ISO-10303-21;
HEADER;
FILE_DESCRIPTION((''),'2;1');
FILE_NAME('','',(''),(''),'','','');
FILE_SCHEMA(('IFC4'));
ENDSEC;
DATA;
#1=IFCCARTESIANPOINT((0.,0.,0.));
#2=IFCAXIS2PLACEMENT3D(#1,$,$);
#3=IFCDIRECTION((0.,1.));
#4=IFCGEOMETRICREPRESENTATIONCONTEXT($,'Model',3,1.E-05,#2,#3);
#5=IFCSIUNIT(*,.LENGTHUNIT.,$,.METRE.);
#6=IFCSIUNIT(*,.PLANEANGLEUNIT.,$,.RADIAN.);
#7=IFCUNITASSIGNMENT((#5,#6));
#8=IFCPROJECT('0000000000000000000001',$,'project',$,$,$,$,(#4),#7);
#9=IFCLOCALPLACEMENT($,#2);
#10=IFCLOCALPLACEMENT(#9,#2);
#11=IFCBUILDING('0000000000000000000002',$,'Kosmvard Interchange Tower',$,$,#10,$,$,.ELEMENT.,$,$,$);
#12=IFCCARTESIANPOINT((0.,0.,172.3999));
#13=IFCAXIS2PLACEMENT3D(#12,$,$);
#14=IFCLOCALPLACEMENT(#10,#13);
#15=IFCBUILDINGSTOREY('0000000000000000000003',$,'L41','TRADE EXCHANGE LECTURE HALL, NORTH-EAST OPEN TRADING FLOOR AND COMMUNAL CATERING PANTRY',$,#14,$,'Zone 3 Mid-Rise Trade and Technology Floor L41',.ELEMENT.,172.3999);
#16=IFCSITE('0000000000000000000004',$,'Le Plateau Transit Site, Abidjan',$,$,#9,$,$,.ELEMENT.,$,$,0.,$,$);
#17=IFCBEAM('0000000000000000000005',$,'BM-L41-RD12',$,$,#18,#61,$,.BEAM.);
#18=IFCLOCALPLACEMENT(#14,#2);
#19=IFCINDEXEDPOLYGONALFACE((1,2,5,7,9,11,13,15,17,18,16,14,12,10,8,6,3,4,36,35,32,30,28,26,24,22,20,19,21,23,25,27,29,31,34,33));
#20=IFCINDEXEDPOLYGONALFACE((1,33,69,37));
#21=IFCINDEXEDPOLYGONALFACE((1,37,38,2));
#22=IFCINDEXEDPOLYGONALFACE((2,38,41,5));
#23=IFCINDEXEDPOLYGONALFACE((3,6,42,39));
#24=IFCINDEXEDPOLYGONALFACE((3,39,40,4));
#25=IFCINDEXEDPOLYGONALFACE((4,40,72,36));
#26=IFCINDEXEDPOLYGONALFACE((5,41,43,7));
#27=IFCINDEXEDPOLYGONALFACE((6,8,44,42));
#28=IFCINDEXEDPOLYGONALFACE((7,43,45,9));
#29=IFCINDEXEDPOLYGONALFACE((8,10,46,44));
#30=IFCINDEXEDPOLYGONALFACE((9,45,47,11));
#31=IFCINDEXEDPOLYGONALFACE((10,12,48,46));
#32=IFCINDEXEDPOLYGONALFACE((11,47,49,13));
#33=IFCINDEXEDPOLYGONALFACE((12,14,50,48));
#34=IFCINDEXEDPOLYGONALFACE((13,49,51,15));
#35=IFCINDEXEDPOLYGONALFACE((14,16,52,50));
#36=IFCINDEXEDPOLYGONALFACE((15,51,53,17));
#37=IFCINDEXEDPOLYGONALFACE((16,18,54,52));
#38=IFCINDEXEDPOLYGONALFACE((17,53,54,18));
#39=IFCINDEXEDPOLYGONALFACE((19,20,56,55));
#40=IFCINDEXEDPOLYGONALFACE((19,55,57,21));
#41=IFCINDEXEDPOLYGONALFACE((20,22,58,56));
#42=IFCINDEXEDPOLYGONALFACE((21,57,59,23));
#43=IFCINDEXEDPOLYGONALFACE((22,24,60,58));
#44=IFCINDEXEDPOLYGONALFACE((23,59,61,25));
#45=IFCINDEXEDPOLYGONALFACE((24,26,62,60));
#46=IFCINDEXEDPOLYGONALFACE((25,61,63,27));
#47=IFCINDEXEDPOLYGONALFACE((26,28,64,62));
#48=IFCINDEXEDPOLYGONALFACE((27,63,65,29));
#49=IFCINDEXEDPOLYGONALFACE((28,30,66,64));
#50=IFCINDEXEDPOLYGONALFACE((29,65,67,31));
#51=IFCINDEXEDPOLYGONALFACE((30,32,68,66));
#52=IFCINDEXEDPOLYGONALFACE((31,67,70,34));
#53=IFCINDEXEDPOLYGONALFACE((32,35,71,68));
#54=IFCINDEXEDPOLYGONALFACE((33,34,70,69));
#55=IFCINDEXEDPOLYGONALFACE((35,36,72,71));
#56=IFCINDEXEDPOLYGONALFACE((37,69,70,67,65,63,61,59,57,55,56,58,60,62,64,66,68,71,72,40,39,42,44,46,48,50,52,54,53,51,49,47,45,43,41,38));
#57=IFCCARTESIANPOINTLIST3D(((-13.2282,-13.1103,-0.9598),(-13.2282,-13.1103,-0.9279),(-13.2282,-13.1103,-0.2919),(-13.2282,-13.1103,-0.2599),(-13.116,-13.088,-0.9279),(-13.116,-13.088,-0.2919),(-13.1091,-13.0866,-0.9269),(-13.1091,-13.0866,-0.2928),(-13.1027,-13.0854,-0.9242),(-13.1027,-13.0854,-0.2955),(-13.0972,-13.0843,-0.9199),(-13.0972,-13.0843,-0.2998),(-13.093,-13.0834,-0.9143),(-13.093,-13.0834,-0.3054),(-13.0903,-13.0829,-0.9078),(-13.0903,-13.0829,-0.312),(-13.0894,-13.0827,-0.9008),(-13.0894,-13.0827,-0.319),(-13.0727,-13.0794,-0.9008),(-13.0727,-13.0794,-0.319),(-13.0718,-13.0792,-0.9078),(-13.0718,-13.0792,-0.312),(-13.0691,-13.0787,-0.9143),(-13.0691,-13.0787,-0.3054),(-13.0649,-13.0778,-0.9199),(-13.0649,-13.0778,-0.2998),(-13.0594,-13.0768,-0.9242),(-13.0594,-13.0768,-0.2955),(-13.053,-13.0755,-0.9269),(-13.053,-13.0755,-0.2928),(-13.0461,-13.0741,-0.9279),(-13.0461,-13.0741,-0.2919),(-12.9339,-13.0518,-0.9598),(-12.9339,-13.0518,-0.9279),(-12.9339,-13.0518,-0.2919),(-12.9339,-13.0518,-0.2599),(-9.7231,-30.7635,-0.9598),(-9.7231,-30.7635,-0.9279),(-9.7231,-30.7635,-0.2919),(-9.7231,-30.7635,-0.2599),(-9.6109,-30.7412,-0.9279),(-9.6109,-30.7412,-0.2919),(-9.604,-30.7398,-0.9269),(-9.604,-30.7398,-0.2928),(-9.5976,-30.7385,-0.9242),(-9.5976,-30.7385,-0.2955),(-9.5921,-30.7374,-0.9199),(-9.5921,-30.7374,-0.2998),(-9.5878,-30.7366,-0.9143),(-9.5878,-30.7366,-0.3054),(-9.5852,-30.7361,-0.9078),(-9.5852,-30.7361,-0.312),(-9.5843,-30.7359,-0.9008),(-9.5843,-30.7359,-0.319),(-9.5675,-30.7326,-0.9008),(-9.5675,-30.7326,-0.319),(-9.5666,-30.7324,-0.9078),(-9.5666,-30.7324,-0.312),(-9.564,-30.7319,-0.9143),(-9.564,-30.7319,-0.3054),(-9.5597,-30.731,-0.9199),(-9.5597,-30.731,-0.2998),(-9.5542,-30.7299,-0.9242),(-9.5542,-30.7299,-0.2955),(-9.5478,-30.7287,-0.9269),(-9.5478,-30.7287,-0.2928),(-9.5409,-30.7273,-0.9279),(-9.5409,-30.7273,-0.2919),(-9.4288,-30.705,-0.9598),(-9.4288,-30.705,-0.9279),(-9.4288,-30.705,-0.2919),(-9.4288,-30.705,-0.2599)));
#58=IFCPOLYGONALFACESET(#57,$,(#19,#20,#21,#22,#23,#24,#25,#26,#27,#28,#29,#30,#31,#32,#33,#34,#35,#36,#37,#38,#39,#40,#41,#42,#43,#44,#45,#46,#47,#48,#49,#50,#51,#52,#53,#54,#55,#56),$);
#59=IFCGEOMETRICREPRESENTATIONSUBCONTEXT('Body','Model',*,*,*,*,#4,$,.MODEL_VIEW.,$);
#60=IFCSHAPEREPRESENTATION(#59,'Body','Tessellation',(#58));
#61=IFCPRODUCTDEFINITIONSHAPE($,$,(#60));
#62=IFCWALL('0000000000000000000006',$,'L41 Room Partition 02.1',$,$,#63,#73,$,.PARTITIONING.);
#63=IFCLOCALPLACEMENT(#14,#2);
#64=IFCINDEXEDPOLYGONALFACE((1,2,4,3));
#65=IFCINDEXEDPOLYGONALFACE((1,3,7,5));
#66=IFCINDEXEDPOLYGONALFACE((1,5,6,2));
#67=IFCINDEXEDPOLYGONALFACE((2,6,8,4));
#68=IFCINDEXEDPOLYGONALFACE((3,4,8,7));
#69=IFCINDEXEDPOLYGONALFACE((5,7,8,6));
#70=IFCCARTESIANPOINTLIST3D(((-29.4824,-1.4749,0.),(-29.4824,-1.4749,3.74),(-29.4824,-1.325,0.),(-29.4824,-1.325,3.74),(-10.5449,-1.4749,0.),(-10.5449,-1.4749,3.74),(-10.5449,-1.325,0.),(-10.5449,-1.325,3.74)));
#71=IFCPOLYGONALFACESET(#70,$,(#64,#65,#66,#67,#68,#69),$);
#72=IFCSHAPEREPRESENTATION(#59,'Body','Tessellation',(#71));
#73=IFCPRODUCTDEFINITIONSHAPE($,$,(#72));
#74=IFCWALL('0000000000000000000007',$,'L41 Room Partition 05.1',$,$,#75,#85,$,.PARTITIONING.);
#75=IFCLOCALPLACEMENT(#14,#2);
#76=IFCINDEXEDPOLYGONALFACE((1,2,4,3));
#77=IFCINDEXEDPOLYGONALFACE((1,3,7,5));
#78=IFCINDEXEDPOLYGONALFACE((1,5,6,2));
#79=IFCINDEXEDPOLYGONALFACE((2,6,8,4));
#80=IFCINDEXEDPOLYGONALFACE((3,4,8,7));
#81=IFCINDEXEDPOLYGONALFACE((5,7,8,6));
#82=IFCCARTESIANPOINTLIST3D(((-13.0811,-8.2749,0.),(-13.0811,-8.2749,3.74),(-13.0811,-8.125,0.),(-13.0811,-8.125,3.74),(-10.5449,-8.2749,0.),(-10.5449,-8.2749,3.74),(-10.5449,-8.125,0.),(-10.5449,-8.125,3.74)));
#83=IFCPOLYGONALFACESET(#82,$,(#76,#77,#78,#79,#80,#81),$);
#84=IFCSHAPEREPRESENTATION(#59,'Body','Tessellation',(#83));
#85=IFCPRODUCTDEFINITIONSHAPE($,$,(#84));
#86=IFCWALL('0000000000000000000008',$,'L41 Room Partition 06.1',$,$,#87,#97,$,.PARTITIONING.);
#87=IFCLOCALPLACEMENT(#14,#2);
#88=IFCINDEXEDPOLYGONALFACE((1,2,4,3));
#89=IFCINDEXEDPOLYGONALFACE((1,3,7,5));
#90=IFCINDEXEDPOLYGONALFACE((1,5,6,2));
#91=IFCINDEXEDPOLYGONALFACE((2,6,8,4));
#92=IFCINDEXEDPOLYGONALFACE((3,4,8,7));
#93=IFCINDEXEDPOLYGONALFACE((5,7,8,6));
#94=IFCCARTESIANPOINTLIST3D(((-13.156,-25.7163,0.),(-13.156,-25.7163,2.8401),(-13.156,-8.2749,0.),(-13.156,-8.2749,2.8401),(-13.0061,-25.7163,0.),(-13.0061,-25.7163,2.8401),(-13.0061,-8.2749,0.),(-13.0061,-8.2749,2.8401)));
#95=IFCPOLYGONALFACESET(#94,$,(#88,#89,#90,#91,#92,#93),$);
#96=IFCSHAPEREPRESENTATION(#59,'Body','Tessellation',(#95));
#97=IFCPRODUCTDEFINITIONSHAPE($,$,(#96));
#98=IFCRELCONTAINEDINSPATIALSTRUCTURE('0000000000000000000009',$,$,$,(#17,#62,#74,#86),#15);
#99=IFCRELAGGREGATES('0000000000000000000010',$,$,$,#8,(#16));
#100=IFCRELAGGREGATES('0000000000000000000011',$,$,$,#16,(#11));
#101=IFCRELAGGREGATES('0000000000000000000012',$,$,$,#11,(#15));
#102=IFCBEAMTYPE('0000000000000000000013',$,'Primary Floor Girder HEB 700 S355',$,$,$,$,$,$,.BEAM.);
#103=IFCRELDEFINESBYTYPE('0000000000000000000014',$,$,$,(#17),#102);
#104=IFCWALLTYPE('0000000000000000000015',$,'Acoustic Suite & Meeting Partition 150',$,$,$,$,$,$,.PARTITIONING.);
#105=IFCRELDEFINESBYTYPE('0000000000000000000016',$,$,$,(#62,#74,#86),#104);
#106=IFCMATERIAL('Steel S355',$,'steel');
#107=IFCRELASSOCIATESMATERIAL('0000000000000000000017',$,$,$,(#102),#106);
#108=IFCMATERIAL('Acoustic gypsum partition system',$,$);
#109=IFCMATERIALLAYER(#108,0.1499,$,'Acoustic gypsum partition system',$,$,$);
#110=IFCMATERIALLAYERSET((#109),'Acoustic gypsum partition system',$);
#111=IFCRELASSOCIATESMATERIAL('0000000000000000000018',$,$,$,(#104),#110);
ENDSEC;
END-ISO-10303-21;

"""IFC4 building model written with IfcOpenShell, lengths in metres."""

from ifc_helpers import new_model, si_unit, direction, frame, frame_2d, origin, origin_2d, place, context, subcontext, project, spatial, rectangle, i_section, extrude, source, transform, mapped, material, layer, layer_set, material_profile, profile_set, type_object, element, save


model = new_model("IFC4")

# Units and contexts
model_context = context("Model", 3, precision=1e-05, world=origin(), true_north=direction((0.0, 1.0)))
body_context = subcontext(model_context, "Body", "Model", "MODEL_VIEW")
ifc_project = project(units=[si_unit("LENGTHUNIT", "METRE"), si_unit("PLANEANGLEUNIT", "RADIAN")], contexts=[model_context])

# Site, building, storey
site_placement = place(None, origin())
site = spatial("IfcSite", under=ifc_project, at=site_placement, Name="Le Plateau Transit Site, Abidjan", CompositionType="ELEMENT", RefElevation=0.0)
building_placement = place(site_placement, origin())
building = spatial("IfcBuilding", under=site, at=building_placement, Name="Kosmvard Interchange Tower", CompositionType="ELEMENT")
storey_placement = place(building_placement, frame((0.0, 0.0, 172.3999)))
storey = spatial("IfcBuildingStorey", under=building, at=storey_placement, Name="L41", Description="TRADE EXCHANGE LECTURE HALL, NORTH-EAST OPEN TRADING FLOOR AND COMMUNAL CATERING PANTRY", LongName="Zone 3 Mid-Rise Trade and Technology Floor L41", CompositionType="ELEMENT", Elevation=172.3999)

# Beam
ifc_material_1 = material(Name="Steel S355", Category="steel")
ifc_material_profile = material_profile(ifc_material_1, i_section(OverallWidth=0.3, OverallDepth=0.7, WebThickness=0.0171, FlangeThickness=0.032, FilletRadius=0.0271, at=origin_2d()), Name="HEB 700")
ifc_profile_set = profile_set([ifc_material_profile], Name="Steel S355")
beam_type = type_object("IfcBeamType", Name="Primary Floor Girder HEB 700 S355", PredefinedType="BEAM", material=ifc_profile_set)
shared_shape_1 = source(origin(), body_context, "Body", "SweptSolid", [
    extrude(i_section(OverallWidth=0.3, OverallDepth=0.7, WebThickness=0.0171, FlangeThickness=0.032, FilletRadius=0.0271, at=origin_2d()), origin(), (0.0, 0.0, 1.0), 17.9978),
])
beam_placement = place(storey_placement, frame((-13.0811, -13.0811, -0.6099), z_axis=(0.194754, -0.980852, 0.0), x_axis=(0.980852, 0.194754, 0.0)))
element("IfcBeam", 1, at=beam_placement, inside=storey, type_object=beam_type, Name="BM-L41-RD12", PredefinedType="BEAM", context=body_context, shape_type="MappedRepresentation", body=[
    mapped(shared_shape_1, transform((0.0, 0.0, 0.0), scale=1.0)),
])

# Walls
ifc_material_2 = material(Name="Acoustic gypsum partition system")
ifc_layer_1 = layer(ifc_material_2, 0.1499, Name="Acoustic gypsum partition system")
ifc_layer_set_1 = layer_set([ifc_layer_1], Name="Acoustic gypsum partition system")
wall_type_1 = type_object("IfcWallType", Name="Acoustic Suite & Meeting Partition 150", PredefinedType="PARTITIONING", material=ifc_layer_set_1)
wall_1_placement = place(storey_placement, frame((-29.4824, -1.3999, 0.0), z_axis=(0.0, 0.0, 1.0), x_axis=(1.0, 0.0, 0.0)))
element("IfcWall", 2, at=wall_1_placement, inside=storey, type_object=wall_type_1, Name="L41 Room Partition 02.1", PredefinedType="PARTITIONING", context=body_context, shape_type="SweptSolid", body=[
    extrude(rectangle(XDim=18.9375, YDim=0.1499, at=frame_2d((9.4688, 0.0))), origin(), (0.0, 0.0, 1.0), 3.74),
])
wall_2_placement = place(storey_placement, frame((-10.5449, -8.2, 0.0), z_axis=(0.0, 0.0, 1.0), x_axis=(-1.0, 0.0, 0.0)))
element("IfcWall", 3, at=wall_2_placement, inside=storey, type_object=wall_type_1, Name="L41 Room Partition 05.1", PredefinedType="PARTITIONING", context=body_context, shape_type="SweptSolid", body=[
    extrude(rectangle(XDim=2.5361, YDim=0.1499, at=frame_2d((1.2681, 0.0))), origin(), (0.0, 0.0, 1.0), 3.74),
])
wall_3_placement = place(storey_placement, frame((-13.0811, -8.2749, 0.0), z_axis=(0.0, 0.0, 1.0), x_axis=(0.0, -1.0, 0.0)))
element("IfcWall", 4, at=wall_3_placement, inside=storey, type_object=wall_type_1, Name="L41 Room Partition 06.1", PredefinedType="PARTITIONING", context=body_context, shape_type="SweptSolid", body=[
    extrude(rectangle(XDim=17.4414, YDim=0.1499, at=frame_2d((8.7207, 0.0))), origin(), (0.0, 0.0, 1.0), 2.8401),
])

save(model, "model.ifc")
